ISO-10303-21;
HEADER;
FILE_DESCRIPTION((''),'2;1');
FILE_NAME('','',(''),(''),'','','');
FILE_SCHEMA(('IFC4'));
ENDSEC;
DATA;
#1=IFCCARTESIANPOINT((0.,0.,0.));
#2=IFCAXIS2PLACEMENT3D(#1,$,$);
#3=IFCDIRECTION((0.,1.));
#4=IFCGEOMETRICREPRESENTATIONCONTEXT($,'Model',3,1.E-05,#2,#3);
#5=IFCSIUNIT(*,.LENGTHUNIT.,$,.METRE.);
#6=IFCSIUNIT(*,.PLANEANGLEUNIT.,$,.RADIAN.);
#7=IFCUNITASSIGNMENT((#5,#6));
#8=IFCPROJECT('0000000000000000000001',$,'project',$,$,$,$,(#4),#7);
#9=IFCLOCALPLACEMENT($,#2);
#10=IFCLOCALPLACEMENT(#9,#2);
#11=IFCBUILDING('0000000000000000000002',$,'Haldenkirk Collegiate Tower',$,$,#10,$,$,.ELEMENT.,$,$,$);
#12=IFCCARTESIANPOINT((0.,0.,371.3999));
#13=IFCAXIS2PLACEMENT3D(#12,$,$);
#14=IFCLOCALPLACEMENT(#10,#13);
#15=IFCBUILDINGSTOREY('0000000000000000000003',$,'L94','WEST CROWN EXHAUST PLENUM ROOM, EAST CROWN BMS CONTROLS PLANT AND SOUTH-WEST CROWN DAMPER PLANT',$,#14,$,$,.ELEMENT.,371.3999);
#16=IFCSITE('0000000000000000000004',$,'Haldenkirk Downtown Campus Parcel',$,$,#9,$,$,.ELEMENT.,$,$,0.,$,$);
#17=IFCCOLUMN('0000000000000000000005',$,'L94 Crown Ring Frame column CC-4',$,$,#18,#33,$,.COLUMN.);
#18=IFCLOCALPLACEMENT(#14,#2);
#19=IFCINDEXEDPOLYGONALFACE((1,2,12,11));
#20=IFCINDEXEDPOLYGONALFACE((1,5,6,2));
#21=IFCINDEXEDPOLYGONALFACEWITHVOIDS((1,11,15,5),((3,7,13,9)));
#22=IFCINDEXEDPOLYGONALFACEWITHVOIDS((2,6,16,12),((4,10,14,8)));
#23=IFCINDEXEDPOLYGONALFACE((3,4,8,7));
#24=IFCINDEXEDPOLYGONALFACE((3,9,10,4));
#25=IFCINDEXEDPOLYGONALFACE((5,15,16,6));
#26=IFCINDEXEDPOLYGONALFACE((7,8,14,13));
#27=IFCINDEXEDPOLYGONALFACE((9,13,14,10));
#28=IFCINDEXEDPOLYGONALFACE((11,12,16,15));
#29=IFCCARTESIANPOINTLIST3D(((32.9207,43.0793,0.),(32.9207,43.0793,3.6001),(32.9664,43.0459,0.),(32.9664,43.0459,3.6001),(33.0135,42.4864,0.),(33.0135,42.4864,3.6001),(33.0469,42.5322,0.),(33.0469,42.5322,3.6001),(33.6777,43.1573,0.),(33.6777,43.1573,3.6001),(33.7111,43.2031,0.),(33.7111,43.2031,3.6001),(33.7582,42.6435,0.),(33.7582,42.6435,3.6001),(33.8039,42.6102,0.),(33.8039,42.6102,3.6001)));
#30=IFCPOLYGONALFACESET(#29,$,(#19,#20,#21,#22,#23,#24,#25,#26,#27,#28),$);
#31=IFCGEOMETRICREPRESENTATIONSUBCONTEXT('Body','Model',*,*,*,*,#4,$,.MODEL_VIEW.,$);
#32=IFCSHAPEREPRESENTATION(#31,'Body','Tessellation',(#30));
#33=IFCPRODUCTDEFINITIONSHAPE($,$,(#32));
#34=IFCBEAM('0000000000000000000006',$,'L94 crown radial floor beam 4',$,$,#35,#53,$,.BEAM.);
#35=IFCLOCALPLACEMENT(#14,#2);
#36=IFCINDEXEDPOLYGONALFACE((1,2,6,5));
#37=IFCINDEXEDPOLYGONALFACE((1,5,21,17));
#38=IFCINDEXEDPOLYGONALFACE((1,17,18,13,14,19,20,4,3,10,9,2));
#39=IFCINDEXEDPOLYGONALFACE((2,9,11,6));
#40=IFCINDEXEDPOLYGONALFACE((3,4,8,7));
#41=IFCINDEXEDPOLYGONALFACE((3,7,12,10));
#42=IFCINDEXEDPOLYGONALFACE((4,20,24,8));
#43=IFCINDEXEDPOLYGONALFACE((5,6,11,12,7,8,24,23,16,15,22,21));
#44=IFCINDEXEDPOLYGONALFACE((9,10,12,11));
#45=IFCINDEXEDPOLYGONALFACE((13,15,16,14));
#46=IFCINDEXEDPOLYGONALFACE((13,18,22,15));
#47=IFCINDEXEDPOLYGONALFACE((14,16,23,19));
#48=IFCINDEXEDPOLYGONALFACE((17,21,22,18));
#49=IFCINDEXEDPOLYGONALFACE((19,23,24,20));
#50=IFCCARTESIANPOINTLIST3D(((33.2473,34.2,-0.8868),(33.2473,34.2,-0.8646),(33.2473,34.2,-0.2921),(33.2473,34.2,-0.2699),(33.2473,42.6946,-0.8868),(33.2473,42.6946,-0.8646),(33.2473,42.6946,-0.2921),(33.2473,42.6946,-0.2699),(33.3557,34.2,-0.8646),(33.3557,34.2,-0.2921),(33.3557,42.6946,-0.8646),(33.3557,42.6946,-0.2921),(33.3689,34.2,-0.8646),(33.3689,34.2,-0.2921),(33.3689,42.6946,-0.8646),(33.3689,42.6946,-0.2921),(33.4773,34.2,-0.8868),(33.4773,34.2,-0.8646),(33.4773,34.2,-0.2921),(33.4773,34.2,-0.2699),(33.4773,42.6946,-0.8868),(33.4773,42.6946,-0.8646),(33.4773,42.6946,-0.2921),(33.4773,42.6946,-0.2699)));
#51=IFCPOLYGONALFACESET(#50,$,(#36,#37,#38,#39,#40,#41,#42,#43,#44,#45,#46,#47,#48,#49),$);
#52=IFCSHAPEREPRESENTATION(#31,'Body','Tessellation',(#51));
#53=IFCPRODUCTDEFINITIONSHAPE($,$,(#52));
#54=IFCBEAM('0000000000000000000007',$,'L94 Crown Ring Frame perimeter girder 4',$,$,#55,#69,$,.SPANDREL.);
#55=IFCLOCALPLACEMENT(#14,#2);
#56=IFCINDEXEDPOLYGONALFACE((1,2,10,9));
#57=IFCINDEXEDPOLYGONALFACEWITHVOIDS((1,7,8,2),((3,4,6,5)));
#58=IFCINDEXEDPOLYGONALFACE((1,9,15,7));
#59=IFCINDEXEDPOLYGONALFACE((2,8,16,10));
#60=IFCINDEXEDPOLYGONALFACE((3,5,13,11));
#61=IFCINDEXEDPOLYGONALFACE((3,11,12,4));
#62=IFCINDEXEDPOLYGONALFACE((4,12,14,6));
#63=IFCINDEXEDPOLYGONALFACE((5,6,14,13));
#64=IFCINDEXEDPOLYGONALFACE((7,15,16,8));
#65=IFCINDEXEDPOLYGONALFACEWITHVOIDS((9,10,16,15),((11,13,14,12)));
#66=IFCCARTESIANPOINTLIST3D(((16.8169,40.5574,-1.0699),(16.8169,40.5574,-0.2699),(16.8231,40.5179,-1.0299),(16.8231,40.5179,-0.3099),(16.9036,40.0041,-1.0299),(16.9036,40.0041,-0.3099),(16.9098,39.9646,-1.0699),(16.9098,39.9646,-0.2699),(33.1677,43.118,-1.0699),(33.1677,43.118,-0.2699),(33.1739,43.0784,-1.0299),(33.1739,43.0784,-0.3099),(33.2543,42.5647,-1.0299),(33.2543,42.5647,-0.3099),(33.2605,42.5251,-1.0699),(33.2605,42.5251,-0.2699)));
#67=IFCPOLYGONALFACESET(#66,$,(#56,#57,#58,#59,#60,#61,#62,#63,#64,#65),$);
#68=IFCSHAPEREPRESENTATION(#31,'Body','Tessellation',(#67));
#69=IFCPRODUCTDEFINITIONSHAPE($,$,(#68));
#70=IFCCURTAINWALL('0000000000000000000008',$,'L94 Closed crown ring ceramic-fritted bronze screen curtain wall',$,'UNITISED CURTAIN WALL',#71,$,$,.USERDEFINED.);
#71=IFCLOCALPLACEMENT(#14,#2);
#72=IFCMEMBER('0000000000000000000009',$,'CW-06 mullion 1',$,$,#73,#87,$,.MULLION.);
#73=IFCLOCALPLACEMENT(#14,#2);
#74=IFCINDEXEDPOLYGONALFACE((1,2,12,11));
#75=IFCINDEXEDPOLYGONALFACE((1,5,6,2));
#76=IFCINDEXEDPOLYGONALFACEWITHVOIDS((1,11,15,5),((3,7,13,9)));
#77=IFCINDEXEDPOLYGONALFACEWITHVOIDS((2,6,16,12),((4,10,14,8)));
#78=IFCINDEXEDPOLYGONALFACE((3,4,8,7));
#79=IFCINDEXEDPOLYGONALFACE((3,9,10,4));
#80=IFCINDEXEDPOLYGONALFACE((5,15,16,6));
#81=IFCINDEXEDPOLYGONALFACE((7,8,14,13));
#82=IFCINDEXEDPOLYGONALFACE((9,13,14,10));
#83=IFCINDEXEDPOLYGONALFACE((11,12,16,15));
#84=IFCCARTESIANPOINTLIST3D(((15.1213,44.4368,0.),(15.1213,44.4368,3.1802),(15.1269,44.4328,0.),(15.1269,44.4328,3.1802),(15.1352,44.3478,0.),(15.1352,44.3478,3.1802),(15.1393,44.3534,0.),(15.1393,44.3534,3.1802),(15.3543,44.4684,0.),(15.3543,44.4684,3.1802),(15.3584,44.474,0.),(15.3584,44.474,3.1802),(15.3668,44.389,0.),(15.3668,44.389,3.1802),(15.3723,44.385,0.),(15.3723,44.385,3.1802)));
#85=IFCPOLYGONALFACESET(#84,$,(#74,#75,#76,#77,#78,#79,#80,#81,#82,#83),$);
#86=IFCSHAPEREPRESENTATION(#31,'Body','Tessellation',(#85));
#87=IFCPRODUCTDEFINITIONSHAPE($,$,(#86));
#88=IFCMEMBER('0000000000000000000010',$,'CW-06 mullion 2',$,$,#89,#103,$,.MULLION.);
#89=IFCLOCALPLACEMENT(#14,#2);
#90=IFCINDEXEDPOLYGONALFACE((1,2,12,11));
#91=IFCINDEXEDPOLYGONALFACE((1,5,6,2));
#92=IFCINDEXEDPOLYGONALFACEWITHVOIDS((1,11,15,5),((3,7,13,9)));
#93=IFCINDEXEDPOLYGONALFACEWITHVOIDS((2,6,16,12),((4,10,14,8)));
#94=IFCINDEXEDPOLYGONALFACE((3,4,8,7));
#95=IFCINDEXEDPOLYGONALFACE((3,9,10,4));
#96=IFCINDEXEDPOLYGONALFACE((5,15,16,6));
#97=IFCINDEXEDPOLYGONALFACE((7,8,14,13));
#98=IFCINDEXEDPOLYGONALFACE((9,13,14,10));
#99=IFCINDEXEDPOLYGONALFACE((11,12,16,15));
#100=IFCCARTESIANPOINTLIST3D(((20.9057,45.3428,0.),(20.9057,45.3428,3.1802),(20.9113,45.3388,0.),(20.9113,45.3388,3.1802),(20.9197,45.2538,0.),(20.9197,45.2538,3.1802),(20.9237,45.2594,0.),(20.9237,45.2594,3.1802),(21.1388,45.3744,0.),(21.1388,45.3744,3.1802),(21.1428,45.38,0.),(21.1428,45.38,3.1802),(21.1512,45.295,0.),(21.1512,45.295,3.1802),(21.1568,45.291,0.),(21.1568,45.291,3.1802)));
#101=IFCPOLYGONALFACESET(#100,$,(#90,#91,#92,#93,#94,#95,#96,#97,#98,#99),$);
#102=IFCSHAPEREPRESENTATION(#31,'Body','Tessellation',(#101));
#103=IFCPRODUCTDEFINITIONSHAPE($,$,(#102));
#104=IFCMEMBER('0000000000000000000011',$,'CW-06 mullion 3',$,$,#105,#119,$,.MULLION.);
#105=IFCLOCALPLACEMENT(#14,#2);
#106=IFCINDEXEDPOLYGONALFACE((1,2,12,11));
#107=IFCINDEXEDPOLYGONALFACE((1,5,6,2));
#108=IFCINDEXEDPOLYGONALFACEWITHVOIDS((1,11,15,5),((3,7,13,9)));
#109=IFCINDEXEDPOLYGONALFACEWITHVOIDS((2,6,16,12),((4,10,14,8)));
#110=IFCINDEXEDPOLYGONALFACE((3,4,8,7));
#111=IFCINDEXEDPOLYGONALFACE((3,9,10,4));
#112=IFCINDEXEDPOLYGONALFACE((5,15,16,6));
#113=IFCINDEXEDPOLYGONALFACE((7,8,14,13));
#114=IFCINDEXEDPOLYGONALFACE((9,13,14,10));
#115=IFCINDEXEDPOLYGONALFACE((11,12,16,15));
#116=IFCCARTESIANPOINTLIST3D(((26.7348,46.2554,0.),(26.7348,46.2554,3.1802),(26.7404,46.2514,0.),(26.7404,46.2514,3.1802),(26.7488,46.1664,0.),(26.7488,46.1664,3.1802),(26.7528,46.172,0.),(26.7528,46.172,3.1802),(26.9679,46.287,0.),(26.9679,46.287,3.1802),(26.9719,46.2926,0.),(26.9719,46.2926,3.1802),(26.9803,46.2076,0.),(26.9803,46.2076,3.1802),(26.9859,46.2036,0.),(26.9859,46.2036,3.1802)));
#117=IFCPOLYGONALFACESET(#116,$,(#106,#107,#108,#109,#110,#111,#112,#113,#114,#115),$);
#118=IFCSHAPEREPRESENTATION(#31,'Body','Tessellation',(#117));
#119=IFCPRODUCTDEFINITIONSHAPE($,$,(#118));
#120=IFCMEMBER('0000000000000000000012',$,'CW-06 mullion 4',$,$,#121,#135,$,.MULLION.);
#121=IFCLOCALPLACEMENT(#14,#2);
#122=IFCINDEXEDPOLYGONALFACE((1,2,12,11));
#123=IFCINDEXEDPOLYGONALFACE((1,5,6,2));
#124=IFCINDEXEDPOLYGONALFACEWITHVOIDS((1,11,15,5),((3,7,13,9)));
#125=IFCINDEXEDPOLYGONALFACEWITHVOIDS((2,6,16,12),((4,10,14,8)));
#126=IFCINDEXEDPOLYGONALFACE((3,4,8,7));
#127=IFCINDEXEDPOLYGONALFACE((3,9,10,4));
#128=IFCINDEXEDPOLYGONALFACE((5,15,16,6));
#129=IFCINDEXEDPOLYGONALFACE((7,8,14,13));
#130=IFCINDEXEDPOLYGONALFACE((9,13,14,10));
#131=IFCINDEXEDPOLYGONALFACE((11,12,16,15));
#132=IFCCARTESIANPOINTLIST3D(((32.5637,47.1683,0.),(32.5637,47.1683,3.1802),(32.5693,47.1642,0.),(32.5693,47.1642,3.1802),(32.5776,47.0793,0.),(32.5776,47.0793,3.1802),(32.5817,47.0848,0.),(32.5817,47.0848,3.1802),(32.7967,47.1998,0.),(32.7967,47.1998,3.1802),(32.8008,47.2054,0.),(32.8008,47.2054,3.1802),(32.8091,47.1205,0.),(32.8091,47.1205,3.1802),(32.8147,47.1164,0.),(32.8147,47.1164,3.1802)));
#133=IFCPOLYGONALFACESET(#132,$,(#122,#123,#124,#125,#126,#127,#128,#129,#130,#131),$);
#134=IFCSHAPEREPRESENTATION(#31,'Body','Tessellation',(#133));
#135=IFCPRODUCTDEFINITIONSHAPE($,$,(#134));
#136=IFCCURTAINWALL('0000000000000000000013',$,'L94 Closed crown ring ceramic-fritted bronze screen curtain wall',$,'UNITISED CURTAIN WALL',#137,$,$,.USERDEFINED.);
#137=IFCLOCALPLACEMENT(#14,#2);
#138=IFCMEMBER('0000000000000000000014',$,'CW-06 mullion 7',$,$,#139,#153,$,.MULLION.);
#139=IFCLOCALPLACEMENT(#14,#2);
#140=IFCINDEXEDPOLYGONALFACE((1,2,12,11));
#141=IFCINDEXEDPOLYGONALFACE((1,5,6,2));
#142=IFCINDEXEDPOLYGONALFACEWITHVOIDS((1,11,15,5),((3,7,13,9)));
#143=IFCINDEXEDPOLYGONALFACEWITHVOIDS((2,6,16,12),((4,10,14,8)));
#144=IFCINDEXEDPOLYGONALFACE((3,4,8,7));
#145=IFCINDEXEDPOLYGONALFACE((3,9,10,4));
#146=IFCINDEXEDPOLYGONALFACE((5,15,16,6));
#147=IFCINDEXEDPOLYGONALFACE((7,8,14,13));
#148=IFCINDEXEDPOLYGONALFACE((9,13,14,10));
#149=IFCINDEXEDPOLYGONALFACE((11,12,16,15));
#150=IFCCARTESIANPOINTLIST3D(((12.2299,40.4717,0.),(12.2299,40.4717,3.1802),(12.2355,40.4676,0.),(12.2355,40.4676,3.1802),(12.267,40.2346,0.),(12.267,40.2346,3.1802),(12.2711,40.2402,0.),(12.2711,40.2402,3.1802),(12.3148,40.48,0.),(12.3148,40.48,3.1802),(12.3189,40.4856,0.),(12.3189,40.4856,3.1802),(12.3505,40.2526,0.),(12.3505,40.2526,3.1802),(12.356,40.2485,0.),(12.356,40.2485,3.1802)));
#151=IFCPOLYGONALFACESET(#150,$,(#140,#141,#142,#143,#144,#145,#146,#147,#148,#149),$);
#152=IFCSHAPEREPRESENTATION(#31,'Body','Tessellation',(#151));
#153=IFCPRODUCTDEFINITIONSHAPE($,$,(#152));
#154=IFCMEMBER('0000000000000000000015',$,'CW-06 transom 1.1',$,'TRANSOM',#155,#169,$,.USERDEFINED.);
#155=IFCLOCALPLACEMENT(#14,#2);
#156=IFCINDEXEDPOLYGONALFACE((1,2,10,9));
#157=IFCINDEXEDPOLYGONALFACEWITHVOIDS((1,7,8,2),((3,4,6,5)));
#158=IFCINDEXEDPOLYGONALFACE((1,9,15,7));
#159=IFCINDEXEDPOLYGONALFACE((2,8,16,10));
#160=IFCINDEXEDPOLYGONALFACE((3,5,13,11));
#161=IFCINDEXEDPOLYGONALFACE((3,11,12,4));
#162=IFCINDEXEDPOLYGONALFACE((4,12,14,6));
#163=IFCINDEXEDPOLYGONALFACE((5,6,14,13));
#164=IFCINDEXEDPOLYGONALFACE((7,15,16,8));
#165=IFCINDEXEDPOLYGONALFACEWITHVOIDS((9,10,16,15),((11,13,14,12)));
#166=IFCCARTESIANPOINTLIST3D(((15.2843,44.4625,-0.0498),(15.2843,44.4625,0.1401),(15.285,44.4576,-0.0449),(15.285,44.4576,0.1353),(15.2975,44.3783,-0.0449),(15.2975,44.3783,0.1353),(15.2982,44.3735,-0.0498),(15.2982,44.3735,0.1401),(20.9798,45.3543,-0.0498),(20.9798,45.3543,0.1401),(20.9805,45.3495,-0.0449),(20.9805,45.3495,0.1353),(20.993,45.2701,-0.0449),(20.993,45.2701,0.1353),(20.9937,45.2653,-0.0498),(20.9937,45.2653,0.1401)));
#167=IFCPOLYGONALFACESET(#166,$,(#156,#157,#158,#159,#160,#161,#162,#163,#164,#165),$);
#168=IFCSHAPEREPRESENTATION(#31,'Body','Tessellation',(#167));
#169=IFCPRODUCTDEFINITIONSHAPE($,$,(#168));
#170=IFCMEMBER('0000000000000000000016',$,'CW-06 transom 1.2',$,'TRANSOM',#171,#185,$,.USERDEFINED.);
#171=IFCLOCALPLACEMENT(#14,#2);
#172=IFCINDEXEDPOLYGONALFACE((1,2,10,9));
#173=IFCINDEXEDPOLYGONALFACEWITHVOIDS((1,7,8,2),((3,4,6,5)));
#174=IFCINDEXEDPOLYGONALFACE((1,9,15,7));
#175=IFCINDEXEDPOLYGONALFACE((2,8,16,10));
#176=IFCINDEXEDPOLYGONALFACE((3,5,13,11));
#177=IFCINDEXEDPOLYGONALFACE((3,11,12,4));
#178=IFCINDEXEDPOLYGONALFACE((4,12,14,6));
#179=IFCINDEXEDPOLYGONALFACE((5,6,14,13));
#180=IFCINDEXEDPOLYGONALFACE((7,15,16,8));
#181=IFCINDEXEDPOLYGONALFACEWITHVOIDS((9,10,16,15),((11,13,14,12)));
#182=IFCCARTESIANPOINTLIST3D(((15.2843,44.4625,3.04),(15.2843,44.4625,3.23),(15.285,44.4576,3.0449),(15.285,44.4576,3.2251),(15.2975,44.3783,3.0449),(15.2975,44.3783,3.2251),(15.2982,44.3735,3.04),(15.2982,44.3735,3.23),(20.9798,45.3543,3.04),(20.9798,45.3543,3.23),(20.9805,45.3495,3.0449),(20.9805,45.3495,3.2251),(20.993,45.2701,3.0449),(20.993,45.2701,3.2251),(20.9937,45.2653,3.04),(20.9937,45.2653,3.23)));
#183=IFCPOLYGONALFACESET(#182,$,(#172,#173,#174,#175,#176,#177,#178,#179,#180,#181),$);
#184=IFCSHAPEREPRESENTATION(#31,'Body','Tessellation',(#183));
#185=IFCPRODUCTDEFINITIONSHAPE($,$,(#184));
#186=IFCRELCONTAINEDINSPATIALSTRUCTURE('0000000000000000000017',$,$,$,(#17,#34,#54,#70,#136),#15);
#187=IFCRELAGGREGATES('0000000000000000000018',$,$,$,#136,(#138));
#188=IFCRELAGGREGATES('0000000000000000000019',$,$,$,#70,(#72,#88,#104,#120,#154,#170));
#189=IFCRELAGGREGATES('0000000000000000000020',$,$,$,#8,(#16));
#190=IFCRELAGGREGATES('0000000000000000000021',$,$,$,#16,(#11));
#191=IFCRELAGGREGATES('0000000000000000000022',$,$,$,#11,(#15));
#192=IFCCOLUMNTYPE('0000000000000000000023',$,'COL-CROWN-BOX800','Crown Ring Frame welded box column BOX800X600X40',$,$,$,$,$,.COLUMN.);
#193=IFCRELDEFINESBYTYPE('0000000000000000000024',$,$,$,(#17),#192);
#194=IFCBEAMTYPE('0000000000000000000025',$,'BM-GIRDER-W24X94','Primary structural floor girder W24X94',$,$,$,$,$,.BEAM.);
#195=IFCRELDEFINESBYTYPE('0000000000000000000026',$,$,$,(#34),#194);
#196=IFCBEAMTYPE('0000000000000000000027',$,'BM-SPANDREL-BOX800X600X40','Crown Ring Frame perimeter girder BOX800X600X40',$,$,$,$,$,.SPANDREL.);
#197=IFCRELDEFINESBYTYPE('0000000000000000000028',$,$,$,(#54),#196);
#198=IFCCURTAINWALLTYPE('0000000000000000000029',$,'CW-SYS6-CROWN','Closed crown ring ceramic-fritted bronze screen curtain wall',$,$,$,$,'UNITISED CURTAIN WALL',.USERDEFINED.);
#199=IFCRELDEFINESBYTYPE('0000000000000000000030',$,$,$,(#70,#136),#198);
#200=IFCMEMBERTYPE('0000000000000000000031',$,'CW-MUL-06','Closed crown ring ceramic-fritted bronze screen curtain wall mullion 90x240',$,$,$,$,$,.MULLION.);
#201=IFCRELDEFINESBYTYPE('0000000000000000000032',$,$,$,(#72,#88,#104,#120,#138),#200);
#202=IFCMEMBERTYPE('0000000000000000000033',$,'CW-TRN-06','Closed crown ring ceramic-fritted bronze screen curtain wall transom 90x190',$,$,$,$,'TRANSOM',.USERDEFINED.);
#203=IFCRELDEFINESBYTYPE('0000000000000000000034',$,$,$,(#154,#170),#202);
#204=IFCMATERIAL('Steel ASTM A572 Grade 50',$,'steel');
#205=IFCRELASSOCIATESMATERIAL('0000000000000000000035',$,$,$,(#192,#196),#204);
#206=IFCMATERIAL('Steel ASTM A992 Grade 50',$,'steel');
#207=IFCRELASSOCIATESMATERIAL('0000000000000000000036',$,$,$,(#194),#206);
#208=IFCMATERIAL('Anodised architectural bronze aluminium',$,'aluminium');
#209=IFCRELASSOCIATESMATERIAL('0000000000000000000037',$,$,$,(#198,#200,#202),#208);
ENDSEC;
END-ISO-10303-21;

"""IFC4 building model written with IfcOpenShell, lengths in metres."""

from ifc_helpers import new_model, si_unit, direction, frame, origin, origin_2d, place, context, subcontext, project, spatial, hollow_rectangle, i_section, extrude, material, material_profile, profile_set, type_object, element, aggregate, save


model = new_model("IFC4")

# Units and contexts
model_context = context("Model", 3, precision=1e-05, world=origin(), true_north=direction((0.0, 1.0)))
body_context = subcontext(model_context, "Body", "Model", "MODEL_VIEW")
ifc_project = project(units=[si_unit("LENGTHUNIT", "METRE"), si_unit("PLANEANGLEUNIT", "RADIAN")], contexts=[model_context])

# Site, building, storey
site_placement = place(None, origin())
site = spatial("IfcSite", under=ifc_project, at=site_placement, Name="Haldenkirk Downtown Campus Parcel", CompositionType="ELEMENT", RefElevation=0.0)
building_placement = place(site_placement, origin())
building = spatial("IfcBuilding", under=site, at=building_placement, Name="Haldenkirk Collegiate Tower", CompositionType="ELEMENT")
storey_placement = place(building_placement, frame((0.0, 0.0, 371.3999)))
storey = spatial("IfcBuildingStorey", under=building, at=storey_placement, Name="L94", Description="WEST CROWN EXHAUST PLENUM ROOM, EAST CROWN BMS CONTROLS PLANT AND SOUTH-WEST CROWN DAMPER PLANT", CompositionType="ELEMENT", Elevation=371.3999)

# Column
ifc_material_1 = material(Name="Steel ASTM A572 Grade 50", Category="steel")
ifc_material_profile_1 = material_profile(ifc_material_1, hollow_rectangle(XDim=0.6001, YDim=0.8, WallThickness=0.04, at=origin_2d()), Name="BOX800X600X40")
ifc_profile_set_1 = profile_set([ifc_material_profile_1], Name="Steel ASTM A572 Grade 50")
column_type = type_object("IfcColumnType", Name="COL-CROWN-BOX800", Description="Crown Ring Frame welded box column BOX800X600X40", PredefinedType="COLUMN", material=ifc_profile_set_1)
column_placement = place(storey_placement, frame((33.3623, 42.8447, 0.0), z_axis=(0.0, 0.0, 1.0), x_axis=(-0.15471, 0.98796, 0.0)))
element("IfcColumn", 1, at=column_placement, inside=storey, type_object=column_type, Name="L94 Crown Ring Frame column CC-4", PredefinedType="COLUMN", context=body_context, shape_type="SweptSolid", body=[
    extrude(hollow_rectangle(XDim=0.6001, YDim=0.8, WallThickness=0.04, at=origin_2d()), origin(), (0.0, 0.0, 1.0), 3.6001),
])

# Beams
ifc_material_2 = material(Name="Steel ASTM A992 Grade 50", Category="steel")
ifc_material_profile_2 = material_profile(ifc_material_2, i_section(OverallWidth=0.23, OverallDepth=0.6169, WebThickness=0.0132, FlangeThickness=0.0222, at=origin_2d()), Name="W24X94")
ifc_profile_set_2 = profile_set([ifc_material_profile_2], Name="Steel ASTM A992 Grade 50")
beam_type_1 = type_object("IfcBeamType", Name="BM-GIRDER-W24X94", Description="Primary structural floor girder W24X94", PredefinedType="BEAM", material=ifc_profile_set_2)
beam_1_placement = place(storey_placement, frame((33.3623, 42.6946, -0.5784), z_axis=(0.0, -1.0, 0.0), x_axis=(1.0, 0.0, 0.0)))
element("IfcBeam", 2, at=beam_1_placement, inside=storey, type_object=beam_type_1, Name="L94 crown radial floor beam 4", PredefinedType="BEAM", context=body_context, shape_type="SweptSolid", body=[
    extrude(i_section(OverallWidth=0.23, OverallDepth=0.6169, WebThickness=0.0132, FlangeThickness=0.0222, at=origin_2d()), origin(), (0.0, 0.0, 1.0), 8.4946),
])
ifc_material_profile_3 = material_profile(ifc_material_1, hollow_rectangle(XDim=0.6001, YDim=0.8, WallThickness=0.04, at=origin_2d()), Name="BOX800X600X40")
ifc_profile_set_3 = profile_set([ifc_material_profile_3], Name="Steel ASTM A572 Grade 50")
beam_type_2 = type_object("IfcBeamType", Name="BM-SPANDREL-BOX800X600X40", Description="Crown Ring Frame perimeter girder BOX800X600X40", PredefinedType="SPANDREL", material=ifc_profile_set_3)
beam_2_placement = place(storey_placement, frame((33.2141, 42.8215, -0.6699), z_axis=(-0.987959, -0.154715, 0.0), x_axis=(0.154715, -0.987959, 0.0)))
element("IfcBeam", 3, at=beam_2_placement, inside=storey, type_object=beam_type_2, Name="L94 Crown Ring Frame perimeter girder 4", PredefinedType="SPANDREL", context=body_context, shape_type="SweptSolid", body=[
    extrude(hollow_rectangle(XDim=0.6001, YDim=0.8, WallThickness=0.04, at=origin_2d()), origin(), (0.0, 0.0, 1.0), 16.55),
])

# Curtain wall, members
ifc_material_3 = material(Name="Anodised architectural bronze aluminium", Category="aluminium")
curtain_wall_type = type_object("IfcCurtainWallType", Name="CW-SYS6-CROWN", Description="Closed crown ring ceramic-fritted bronze screen curtain wall", ElementType="UNITISED CURTAIN WALL", PredefinedType="USERDEFINED", material=ifc_material_3)
curtain_wall_1_placement = place(storey_placement, origin())
curtain_wall_1 = element("IfcCurtainWall", 4, at=curtain_wall_1_placement, inside=storey, type_object=curtain_wall_type, Name="L94 Closed crown ring ceramic-fritted bronze screen curtain wall", ObjectType="UNITISED CURTAIN WALL", PredefinedType="USERDEFINED")
ifc_material_profile_4 = material_profile(ifc_material_3, hollow_rectangle(XDim=0.0901, YDim=0.24, WallThickness=0.0049, at=origin_2d()), Name="CW-MUL-06")
ifc_profile_set_4 = profile_set([ifc_material_profile_4], Name="Anodised architectural bronze aluminium")
member_type_1 = type_object("IfcMemberType", Name="CW-MUL-06", Description="Closed crown ring ceramic-fritted bronze screen curtain wall mullion 90x240", PredefinedType="MULLION", material=ifc_profile_set_4)
member_1_placement = place(storey_placement, frame((15.2468, 44.4109, 0.0), z_axis=(0.0, 0.0, 1.0), x_axis=(-0.154709, 0.98796, 0.0)))
member_1 = element("IfcMember", 5, at=member_1_placement, type_object=member_type_1, Name="CW-06 mullion 1", PredefinedType="MULLION", context=body_context, shape_type="SweptSolid", body=[
    extrude(hollow_rectangle(XDim=0.0901, YDim=0.24, WallThickness=0.0049, at=origin_2d()), origin(), (0.0, 0.0, 1.0), 3.1802),
])
member_2_placement = place(storey_placement, frame((21.0312, 45.3169, 0.0), z_axis=(0.0, 0.0, 1.0), x_axis=(-0.154709, 0.98796, 0.0)))
member_2 = element("IfcMember", 6, at=member_2_placement, type_object=member_type_1, Name="CW-06 mullion 2", PredefinedType="MULLION", context=body_context, shape_type="SweptSolid", body=[
    extrude(hollow_rectangle(XDim=0.0901, YDim=0.24, WallThickness=0.0049, at=origin_2d()), origin(), (0.0, 0.0, 1.0), 3.1802),
])
member_3_placement = place(storey_placement, frame((26.8604, 46.2295, 0.0), z_axis=(0.0, 0.0, 1.0), x_axis=(-0.154709, 0.98796, 0.0)))
member_3 = element("IfcMember", 7, at=member_3_placement, type_object=member_type_1, Name="CW-06 mullion 3", PredefinedType="MULLION", context=body_context, shape_type="SweptSolid", body=[
    extrude(hollow_rectangle(XDim=0.0901, YDim=0.24, WallThickness=0.0049, at=origin_2d()), origin(), (0.0, 0.0, 1.0), 3.1802),
])
member_4_placement = place(storey_placement, frame((32.6892, 47.1423, 0.0), z_axis=(0.0, 0.0, 1.0), x_axis=(-0.154709, 0.98796, 0.0)))
member_4 = element("IfcMember", 8, at=member_4_placement, type_object=member_type_1, Name="CW-06 mullion 4", PredefinedType="MULLION", context=body_context, shape_type="SweptSolid", body=[
    extrude(hollow_rectangle(XDim=0.0901, YDim=0.24, WallThickness=0.0049, at=origin_2d()), origin(), (0.0, 0.0, 1.0), 3.1802),
])

# Curtain wall, member
curtain_wall_2_placement = place(storey_placement, origin())
curtain_wall_2 = element("IfcCurtainWall", 9, at=curtain_wall_2_placement, inside=storey, type_object=curtain_wall_type, Name="L94 Closed crown ring ceramic-fritted bronze screen curtain wall", ObjectType="UNITISED CURTAIN WALL", PredefinedType="USERDEFINED")
member_5_placement = place(storey_placement, frame((12.293, 40.3601, 0.0), z_axis=(0.0, 0.0, 1.0), x_axis=(-0.98796, -0.154713, 0.0)))
member_5 = element("IfcMember", 10, at=member_5_placement, type_object=member_type_1, Name="CW-06 mullion 7", PredefinedType="MULLION", context=body_context, shape_type="SweptSolid", body=[
    extrude(hollow_rectangle(XDim=0.0901, YDim=0.24, WallThickness=0.0049, at=origin_2d()), origin(), (0.0, 0.0, 1.0), 3.1802),
])
aggregate(curtain_wall_2, [member_5])

# Members
ifc_material_profile_5 = material_profile(ifc_material_3, hollow_rectangle(XDim=0.0901, YDim=0.1899, WallThickness=0.0049, at=origin_2d()), Name="CW-TRN-06")
ifc_profile_set_5 = profile_set([ifc_material_profile_5], Name="Anodised architectural bronze aluminium")
member_type_2 = type_object("IfcMemberType", Name="CW-TRN-06", Description="Closed crown ring ceramic-fritted bronze screen curtain wall transom 90x190", ElementType="TRANSOM", PredefinedType="USERDEFINED", material=ifc_profile_set_5)
member_6_placement = place(storey_placement, frame((15.2913, 44.418, 0.0452), z_axis=(0.987961, 0.154701, 0.0), x_axis=(-0.154701, 0.987961, 0.0)))
member_6 = element("IfcMember", 11, at=member_6_placement, type_object=member_type_2, Name="CW-06 transom 1.1", ObjectType="TRANSOM", PredefinedType="USERDEFINED", context=body_context, shape_type="SweptSolid", body=[
    extrude(hollow_rectangle(XDim=0.0901, YDim=0.1899, WallThickness=0.0049, at=origin_2d()), origin(), (0.0, 0.0, 1.0), 5.7649),
])
member_7_placement = place(storey_placement, frame((15.2913, 44.418, 3.135), z_axis=(0.987961, 0.154701, 0.0), x_axis=(-0.154701, 0.987961, 0.0)))
member_7 = element("IfcMember", 12, at=member_7_placement, type_object=member_type_2, Name="CW-06 transom 1.2", ObjectType="TRANSOM", PredefinedType="USERDEFINED", context=body_context, shape_type="SweptSolid", body=[
    extrude(hollow_rectangle(XDim=0.0901, YDim=0.1899, WallThickness=0.0049, at=origin_2d()), origin(), (0.0, 0.0, 1.0), 5.7649),
])

aggregate(curtain_wall_1, [member_1, member_2, member_3, member_4, member_6, member_7])

save(model, "model.ifc")
